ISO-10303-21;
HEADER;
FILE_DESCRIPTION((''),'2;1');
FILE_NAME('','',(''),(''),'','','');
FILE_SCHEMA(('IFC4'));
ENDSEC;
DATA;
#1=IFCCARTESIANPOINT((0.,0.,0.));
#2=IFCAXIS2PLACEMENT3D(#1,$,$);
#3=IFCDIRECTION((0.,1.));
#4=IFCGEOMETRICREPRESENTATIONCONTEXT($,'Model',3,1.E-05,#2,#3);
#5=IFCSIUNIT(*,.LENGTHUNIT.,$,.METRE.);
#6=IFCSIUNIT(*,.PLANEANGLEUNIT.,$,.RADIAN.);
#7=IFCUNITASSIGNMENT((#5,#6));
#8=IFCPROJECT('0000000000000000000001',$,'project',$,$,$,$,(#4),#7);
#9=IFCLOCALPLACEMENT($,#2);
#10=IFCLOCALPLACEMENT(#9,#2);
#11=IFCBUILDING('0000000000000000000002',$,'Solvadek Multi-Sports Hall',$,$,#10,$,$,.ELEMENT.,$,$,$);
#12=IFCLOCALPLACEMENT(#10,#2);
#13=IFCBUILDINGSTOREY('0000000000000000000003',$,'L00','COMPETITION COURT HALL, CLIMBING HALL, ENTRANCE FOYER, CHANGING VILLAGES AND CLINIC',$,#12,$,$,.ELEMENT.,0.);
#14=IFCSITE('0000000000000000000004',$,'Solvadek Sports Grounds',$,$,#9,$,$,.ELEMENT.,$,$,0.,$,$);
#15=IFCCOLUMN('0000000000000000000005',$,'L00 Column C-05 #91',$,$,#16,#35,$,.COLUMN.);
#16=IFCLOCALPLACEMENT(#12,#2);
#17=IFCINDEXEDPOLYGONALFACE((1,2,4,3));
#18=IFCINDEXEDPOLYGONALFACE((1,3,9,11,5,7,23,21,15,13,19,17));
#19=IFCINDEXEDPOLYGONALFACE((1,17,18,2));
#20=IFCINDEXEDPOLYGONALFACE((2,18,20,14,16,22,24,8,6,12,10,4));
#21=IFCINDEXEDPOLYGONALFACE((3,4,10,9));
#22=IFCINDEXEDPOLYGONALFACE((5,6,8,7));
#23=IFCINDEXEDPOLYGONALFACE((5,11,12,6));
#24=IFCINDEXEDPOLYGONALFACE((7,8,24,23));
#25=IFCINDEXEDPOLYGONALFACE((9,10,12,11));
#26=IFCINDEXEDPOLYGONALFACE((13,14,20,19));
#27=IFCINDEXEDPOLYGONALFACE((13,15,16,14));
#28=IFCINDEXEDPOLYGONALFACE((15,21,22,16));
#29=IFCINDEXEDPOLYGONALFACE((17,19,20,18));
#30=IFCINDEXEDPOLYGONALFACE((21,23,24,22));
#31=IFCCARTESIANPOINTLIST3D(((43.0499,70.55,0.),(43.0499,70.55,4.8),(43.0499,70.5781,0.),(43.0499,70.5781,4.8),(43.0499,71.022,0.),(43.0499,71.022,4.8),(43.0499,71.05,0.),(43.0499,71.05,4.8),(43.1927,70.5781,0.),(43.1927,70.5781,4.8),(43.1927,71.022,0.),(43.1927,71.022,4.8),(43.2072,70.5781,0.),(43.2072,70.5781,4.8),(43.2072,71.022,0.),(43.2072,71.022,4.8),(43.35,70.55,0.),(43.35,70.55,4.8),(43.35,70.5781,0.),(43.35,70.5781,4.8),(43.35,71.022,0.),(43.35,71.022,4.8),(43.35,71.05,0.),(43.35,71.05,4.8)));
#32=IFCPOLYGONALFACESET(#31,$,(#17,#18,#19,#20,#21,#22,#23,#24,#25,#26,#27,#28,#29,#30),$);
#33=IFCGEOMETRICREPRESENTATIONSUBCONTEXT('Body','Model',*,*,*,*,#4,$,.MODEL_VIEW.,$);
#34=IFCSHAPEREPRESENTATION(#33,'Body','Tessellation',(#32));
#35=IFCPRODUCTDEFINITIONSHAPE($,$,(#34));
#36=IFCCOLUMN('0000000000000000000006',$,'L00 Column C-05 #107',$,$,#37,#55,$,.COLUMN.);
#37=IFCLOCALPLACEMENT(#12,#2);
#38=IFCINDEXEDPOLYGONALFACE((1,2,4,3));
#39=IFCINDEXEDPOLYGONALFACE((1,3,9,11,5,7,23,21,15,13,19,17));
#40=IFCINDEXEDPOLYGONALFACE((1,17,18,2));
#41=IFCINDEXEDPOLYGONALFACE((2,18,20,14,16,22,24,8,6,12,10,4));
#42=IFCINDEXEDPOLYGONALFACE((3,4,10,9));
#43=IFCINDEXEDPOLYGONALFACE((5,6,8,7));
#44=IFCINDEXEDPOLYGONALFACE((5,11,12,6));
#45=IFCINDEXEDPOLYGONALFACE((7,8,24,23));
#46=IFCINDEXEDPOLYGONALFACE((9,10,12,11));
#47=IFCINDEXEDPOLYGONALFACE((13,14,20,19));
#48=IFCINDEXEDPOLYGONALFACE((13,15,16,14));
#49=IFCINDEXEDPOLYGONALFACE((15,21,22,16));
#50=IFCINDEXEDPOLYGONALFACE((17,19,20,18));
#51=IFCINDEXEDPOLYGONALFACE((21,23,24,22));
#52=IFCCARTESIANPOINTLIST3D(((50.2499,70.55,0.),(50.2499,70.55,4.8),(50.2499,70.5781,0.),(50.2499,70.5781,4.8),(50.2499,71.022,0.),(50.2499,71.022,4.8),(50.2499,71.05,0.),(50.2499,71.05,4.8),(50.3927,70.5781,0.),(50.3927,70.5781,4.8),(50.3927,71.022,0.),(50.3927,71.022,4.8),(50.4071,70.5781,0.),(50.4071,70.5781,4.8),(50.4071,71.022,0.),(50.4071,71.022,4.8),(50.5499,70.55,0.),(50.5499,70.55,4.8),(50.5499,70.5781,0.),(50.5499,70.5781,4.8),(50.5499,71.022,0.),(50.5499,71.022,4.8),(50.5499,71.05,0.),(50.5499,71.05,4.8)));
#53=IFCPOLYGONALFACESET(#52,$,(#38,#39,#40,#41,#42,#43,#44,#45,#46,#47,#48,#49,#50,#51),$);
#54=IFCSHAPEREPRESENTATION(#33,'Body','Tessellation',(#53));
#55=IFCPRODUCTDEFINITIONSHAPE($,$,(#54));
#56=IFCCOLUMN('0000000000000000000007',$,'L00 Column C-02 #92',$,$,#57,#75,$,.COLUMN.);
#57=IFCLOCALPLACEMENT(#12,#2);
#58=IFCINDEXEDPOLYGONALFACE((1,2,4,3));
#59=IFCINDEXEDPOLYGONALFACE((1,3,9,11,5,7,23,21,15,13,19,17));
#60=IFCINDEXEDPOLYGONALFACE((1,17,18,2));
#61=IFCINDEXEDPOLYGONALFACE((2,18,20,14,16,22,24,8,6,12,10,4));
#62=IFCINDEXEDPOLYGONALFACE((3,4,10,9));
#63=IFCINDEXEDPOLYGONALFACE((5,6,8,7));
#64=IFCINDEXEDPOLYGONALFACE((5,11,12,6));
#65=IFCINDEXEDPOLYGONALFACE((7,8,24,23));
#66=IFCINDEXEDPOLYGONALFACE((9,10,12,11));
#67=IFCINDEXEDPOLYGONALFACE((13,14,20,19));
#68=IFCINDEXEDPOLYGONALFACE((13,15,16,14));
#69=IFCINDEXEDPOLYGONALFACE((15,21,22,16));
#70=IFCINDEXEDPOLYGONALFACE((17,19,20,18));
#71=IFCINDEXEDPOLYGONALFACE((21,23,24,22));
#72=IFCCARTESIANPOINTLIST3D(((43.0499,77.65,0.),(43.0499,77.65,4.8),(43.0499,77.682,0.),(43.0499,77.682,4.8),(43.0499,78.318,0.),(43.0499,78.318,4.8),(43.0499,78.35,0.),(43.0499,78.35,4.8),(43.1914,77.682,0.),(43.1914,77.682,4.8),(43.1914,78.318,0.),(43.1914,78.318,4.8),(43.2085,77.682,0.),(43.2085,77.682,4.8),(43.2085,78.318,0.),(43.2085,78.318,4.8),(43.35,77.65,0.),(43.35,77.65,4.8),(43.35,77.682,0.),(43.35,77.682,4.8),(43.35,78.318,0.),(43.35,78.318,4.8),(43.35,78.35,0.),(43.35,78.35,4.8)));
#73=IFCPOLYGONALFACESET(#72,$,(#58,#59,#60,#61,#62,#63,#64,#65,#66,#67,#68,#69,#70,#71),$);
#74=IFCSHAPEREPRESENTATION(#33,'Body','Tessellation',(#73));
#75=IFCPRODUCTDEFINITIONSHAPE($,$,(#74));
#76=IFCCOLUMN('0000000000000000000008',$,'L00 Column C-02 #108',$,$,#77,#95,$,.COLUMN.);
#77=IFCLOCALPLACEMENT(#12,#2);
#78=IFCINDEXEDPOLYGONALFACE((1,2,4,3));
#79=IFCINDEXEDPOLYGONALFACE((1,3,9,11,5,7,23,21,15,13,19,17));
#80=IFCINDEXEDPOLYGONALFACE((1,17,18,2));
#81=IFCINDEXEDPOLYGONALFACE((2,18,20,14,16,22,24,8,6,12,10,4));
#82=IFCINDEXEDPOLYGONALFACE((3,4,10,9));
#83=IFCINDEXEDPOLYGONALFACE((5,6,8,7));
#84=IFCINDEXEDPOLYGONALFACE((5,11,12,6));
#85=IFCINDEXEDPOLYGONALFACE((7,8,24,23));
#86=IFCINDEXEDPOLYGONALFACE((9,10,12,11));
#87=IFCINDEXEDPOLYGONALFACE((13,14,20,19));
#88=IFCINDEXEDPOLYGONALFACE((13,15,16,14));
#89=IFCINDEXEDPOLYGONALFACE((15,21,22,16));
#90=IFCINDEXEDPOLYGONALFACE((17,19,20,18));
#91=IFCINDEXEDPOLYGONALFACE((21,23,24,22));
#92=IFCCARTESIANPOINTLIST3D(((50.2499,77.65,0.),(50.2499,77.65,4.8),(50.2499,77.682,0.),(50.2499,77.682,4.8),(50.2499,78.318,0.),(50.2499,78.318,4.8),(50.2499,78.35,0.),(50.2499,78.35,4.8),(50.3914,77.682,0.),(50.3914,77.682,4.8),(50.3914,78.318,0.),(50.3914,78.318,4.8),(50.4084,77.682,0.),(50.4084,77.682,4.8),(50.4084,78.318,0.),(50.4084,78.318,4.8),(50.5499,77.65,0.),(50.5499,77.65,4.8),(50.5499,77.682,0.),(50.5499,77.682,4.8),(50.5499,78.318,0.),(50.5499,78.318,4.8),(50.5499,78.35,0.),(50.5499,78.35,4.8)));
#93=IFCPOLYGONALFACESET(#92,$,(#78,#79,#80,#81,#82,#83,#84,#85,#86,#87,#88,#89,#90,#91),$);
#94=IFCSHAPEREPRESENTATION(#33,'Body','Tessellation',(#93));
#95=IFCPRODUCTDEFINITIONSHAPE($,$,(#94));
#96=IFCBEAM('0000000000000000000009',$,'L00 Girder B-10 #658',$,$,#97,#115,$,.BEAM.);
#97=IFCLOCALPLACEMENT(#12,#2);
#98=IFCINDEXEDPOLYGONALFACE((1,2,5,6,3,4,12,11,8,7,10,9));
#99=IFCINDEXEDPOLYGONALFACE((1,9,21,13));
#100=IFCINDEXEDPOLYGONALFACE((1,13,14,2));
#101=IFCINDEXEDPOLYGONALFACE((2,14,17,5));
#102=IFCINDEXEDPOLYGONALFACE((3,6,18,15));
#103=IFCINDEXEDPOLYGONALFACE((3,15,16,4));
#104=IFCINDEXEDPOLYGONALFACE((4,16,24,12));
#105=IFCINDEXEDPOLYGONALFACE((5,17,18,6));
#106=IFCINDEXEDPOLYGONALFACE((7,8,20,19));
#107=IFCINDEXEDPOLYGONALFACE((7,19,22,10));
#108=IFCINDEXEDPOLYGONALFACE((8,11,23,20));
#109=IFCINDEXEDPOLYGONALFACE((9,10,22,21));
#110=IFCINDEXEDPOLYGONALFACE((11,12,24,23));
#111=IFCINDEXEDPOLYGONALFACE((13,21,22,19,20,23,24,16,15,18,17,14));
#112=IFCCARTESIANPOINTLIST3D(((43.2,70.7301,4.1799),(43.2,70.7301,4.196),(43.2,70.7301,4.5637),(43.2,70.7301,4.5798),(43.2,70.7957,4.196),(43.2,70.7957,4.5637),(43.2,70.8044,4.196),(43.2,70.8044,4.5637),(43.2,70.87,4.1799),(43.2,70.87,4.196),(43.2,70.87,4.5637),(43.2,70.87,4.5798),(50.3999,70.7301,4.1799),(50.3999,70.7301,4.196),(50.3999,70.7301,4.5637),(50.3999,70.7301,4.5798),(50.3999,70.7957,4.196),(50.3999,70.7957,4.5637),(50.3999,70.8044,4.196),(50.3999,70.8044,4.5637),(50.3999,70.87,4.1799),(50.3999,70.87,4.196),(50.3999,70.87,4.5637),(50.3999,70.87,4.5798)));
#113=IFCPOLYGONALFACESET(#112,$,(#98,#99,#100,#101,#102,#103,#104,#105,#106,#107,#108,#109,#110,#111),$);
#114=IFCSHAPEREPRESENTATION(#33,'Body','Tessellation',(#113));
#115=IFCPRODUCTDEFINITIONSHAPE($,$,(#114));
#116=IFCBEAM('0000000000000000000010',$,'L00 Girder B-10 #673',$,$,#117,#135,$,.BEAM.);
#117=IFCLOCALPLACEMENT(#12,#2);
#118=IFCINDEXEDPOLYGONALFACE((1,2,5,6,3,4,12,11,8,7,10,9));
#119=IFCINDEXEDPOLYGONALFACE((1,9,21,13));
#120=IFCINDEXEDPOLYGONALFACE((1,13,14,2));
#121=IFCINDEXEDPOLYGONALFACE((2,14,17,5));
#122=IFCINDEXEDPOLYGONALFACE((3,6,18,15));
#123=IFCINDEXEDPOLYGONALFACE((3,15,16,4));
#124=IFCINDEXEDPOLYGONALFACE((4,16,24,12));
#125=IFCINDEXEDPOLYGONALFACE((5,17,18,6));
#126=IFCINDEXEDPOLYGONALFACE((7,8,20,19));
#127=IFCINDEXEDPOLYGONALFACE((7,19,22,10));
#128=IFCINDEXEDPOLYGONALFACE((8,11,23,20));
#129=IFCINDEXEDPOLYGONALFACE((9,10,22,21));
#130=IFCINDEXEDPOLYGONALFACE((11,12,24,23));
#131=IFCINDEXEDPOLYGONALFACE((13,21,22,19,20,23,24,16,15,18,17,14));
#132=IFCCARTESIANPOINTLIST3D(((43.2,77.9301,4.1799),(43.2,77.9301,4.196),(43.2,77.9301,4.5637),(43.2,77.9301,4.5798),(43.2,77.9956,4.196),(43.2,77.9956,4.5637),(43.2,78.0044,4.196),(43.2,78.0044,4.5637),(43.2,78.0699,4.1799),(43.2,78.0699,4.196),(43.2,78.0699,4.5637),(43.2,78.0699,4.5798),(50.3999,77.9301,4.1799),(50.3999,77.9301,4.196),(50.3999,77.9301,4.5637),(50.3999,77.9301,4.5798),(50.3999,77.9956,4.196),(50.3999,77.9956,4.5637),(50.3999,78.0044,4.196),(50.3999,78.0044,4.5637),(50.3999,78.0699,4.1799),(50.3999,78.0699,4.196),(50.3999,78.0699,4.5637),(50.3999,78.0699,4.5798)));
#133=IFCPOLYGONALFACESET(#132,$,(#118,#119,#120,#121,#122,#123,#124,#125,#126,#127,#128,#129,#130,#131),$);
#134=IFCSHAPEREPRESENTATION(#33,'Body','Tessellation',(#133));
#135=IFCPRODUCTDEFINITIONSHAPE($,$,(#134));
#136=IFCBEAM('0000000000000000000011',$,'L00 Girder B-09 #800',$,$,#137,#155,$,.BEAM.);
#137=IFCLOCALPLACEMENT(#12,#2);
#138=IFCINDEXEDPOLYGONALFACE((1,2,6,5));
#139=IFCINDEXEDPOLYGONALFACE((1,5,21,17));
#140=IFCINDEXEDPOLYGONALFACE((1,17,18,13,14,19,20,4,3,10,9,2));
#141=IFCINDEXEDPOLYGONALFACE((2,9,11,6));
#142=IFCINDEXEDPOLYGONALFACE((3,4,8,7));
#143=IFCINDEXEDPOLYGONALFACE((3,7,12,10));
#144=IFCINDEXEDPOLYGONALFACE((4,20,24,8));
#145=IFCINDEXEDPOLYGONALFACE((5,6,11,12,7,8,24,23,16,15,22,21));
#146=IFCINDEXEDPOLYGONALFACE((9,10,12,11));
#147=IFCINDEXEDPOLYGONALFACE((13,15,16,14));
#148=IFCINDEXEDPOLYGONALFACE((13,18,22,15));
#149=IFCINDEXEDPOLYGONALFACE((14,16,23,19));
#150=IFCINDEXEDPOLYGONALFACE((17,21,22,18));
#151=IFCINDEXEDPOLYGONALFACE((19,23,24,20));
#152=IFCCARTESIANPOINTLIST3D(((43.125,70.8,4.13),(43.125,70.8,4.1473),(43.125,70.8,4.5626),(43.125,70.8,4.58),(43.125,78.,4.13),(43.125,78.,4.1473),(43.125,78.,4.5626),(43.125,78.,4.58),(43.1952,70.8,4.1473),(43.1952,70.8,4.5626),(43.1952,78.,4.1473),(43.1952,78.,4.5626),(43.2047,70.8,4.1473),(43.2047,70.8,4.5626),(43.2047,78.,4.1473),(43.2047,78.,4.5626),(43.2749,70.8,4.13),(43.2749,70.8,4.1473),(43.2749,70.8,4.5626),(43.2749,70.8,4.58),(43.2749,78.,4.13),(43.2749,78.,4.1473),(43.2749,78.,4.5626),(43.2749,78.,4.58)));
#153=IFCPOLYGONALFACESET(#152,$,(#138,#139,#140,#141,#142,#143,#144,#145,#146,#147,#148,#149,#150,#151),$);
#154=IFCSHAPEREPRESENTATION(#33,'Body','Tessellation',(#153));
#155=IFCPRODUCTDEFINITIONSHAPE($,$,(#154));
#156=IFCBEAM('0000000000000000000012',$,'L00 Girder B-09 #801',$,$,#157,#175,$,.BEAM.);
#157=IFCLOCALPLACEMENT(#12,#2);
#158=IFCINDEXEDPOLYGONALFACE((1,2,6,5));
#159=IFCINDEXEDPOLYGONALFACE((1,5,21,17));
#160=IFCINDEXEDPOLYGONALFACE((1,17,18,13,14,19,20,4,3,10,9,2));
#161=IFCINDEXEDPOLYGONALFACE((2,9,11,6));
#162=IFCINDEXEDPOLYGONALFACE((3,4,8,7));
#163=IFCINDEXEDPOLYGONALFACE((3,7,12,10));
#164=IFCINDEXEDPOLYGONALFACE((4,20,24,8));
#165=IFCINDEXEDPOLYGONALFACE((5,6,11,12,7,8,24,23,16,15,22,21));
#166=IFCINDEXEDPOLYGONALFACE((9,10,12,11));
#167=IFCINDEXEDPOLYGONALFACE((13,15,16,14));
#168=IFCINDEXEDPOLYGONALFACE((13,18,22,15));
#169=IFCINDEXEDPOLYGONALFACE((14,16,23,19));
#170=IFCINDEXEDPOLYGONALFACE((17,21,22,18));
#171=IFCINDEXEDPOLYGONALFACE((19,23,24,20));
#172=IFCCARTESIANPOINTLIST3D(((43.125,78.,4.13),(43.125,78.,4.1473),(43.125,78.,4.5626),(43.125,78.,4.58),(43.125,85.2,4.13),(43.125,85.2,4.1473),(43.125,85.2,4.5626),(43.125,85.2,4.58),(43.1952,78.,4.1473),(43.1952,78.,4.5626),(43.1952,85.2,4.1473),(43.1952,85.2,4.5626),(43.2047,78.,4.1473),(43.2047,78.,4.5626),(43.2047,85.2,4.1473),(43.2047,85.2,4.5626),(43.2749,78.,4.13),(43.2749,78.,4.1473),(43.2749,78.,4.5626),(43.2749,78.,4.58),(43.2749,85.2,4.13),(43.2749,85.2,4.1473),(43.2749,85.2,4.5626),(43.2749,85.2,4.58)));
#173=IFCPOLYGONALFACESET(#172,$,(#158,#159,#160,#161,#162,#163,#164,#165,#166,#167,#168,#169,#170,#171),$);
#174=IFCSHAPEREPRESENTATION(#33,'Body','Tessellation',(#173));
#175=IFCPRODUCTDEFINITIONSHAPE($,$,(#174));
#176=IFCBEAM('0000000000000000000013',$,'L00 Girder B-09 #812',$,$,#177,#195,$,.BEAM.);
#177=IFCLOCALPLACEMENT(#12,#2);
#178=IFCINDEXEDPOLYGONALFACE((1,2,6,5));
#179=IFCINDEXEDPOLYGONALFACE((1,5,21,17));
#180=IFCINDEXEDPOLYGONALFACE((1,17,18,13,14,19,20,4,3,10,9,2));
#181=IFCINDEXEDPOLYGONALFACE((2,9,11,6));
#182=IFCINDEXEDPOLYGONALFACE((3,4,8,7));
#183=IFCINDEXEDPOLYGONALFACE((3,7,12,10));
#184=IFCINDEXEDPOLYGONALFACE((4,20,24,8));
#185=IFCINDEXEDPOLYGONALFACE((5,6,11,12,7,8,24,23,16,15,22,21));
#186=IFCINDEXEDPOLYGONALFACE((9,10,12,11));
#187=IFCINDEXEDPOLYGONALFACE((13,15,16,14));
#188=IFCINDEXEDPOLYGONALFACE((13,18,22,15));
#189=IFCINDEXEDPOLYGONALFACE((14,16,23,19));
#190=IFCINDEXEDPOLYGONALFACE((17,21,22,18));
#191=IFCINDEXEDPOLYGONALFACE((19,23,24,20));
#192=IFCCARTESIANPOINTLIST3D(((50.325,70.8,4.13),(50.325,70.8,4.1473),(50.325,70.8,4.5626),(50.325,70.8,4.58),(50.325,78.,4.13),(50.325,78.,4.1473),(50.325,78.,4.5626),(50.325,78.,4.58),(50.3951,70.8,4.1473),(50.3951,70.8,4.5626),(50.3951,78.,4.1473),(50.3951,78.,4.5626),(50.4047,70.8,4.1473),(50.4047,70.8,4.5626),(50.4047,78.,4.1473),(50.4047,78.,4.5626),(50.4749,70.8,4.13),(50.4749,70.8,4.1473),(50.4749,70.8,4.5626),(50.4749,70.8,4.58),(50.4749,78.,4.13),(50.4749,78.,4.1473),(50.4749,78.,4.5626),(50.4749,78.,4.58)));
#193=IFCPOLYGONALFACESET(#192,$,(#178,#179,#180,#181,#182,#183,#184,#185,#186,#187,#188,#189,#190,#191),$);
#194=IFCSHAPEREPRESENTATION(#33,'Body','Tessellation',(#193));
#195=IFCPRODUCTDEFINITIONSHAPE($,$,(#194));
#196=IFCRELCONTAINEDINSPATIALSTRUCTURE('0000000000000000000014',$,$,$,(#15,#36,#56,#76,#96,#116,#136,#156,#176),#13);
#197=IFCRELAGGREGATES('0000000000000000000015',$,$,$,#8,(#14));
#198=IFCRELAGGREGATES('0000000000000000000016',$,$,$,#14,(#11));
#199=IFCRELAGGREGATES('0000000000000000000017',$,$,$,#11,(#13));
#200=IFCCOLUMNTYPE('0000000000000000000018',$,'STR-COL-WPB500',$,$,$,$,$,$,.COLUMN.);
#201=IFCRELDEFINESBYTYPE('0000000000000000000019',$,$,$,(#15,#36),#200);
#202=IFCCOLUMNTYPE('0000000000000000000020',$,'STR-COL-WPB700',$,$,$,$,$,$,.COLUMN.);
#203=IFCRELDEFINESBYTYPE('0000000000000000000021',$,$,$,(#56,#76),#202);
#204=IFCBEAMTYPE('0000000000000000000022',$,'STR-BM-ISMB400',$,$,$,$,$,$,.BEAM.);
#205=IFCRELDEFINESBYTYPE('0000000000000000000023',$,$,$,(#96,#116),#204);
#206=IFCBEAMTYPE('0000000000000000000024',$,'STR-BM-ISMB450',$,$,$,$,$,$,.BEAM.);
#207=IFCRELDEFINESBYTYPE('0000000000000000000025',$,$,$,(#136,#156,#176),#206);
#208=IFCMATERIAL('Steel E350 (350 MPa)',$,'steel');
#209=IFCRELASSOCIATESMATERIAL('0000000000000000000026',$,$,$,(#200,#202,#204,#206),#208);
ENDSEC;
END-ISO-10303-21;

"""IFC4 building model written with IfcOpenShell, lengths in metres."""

from ifc_helpers import new_model, si_unit, direction, frame, origin, origin_2d, place, context, subcontext, project, spatial, i_section, extrude, material, material_profile, profile_set, type_object, element, save


model = new_model("IFC4")

# Units and contexts
model_context = context("Model", 3, precision=1e-05, world=origin(), true_north=direction((0.0, 1.0)))
body_context = subcontext(model_context, "Body", "Model", "MODEL_VIEW")
ifc_project = project(units=[si_unit("LENGTHUNIT", "METRE"), si_unit("PLANEANGLEUNIT", "RADIAN")], contexts=[model_context])

# Site, building, storey
site_placement = place(None, origin())
site = spatial("IfcSite", under=ifc_project, at=site_placement, Name="Solvadek Sports Grounds", CompositionType="ELEMENT", RefElevation=0.0)
building_placement = place(site_placement, origin())
building = spatial("IfcBuilding", under=site, at=building_placement, Name="Solvadek Multi-Sports Hall", CompositionType="ELEMENT")
storey_placement = place(building_placement, origin())
storey = spatial("IfcBuildingStorey", under=building, at=storey_placement, Name="L00", Description="COMPETITION COURT HALL, CLIMBING HALL, ENTRANCE FOYER, CHANGING VILLAGES AND CLINIC", CompositionType="ELEMENT", Elevation=0.0)

# Columns
ifc_material_1 = material(Name="Steel E350 (350 MPa)", Category="steel")
ifc_material_profile_1 = material_profile(ifc_material_1, i_section(OverallWidth=0.3, OverallDepth=0.5, WebThickness=0.0144, FlangeThickness=0.0281, at=origin_2d()), Name="WPB 500")
ifc_profile_set_1 = profile_set([ifc_material_profile_1], Name="Steel E350 (350 MPa)")
column_type_1 = type_object("IfcColumnType", Name="STR-COL-WPB500", PredefinedType="COLUMN", material=ifc_profile_set_1)
for number, where, z_axis, x_axis, name in (
    (1, (43.2, 70.8, 0.0), (0.0, 0.0, 1.0), (1.0, 0.0, 0.0), "L00 Column C-05 #91"),
    (2, (50.3999, 70.8, 0.0), (0.0, 0.0, 1.0), (1.0, 0.0, 0.0), "L00 Column C-05 #107"),
):
    element("IfcColumn", number, at=place(storey_placement, frame(where, z_axis=z_axis, x_axis=x_axis)), inside=storey, type_object=column_type_1, Name=name, PredefinedType="COLUMN", context=body_context, shape_type="SweptSolid", body=[
        extrude(i_section(OverallWidth=0.3, OverallDepth=0.5, WebThickness=0.0144, FlangeThickness=0.0281, at=origin_2d()), origin(), (0.0, 0.0, 1.0), 4.8),
    ])
ifc_material_profile_2 = material_profile(ifc_material_1, i_section(OverallWidth=0.3, OverallDepth=0.7, WebThickness=0.0171, FlangeThickness=0.032, at=origin_2d()), Name="WPB 700")
ifc_profile_set_2 = profile_set([ifc_material_profile_2], Name="Steel E350 (350 MPa)")
column_type_2 = type_object("IfcColumnType", Name="STR-COL-WPB700", PredefinedType="COLUMN", material=ifc_profile_set_2)
for number, where, z_axis, x_axis, name in (
    (3, (43.2, 78.0, 0.0), (0.0, 0.0, 1.0), (1.0, 0.0, 0.0), "L00 Column C-02 #92"),
    (4, (50.3999, 78.0, 0.0), (0.0, 0.0, 1.0), (1.0, 0.0, 0.0), "L00 Column C-02 #108"),
):
    element("IfcColumn", number, at=place(storey_placement, frame(where, z_axis=z_axis, x_axis=x_axis)), inside=storey, type_object=column_type_2, Name=name, PredefinedType="COLUMN", context=body_context, shape_type="SweptSolid", body=[
        extrude(i_section(OverallWidth=0.3, OverallDepth=0.7, WebThickness=0.0171, FlangeThickness=0.032, at=origin_2d()), origin(), (0.0, 0.0, 1.0), 4.8),
    ])

# Beams
ifc_material_profile_3 = material_profile(ifc_material_1, i_section(OverallWidth=0.1399, OverallDepth=0.3999, WebThickness=0.0088, FlangeThickness=0.0161, at=origin_2d()), Name="ISMB 400")
ifc_profile_set_3 = profile_set([ifc_material_profile_3], Name="Steel E350 (350 MPa)")
beam_type_1 = type_object("IfcBeamType", Name="STR-BM-ISMB400", PredefinedType="BEAM", material=ifc_profile_set_3)
for number, where, z_axis, x_axis, name in (
    (5, (43.2, 70.8, 4.3799), (1.0, 0.0, 0.0), (0.0, 1.0, 0.0), "L00 Girder B-10 #658"),
    (6, (43.2, 78.0, 4.3799), (1.0, 0.0, 0.0), (0.0, 1.0, 0.0), "L00 Girder B-10 #673"),
):
    element("IfcBeam", number, at=place(storey_placement, frame(where, z_axis=z_axis, x_axis=x_axis)), inside=storey, type_object=beam_type_1, Name=name, PredefinedType="BEAM", context=body_context, shape_type="SweptSolid", body=[
        extrude(i_section(OverallWidth=0.1399, OverallDepth=0.3999, WebThickness=0.0088, FlangeThickness=0.0161, at=origin_2d()), origin(), (0.0, 0.0, 1.0), 7.2),
    ])
ifc_material_profile_4 = material_profile(ifc_material_1, i_section(OverallWidth=0.1499, OverallDepth=0.45, WebThickness=0.0095, FlangeThickness=0.0173, at=origin_2d()), Name="ISMB 450")
ifc_profile_set_4 = profile_set([ifc_material_profile_4], Name="Steel E350 (350 MPa)")
beam_type_2 = type_object("IfcBeamType", Name="STR-BM-ISMB450", PredefinedType="BEAM", material=ifc_profile_set_4)
for number, where, z_axis, x_axis, name in (
    (7, (43.2, 70.8, 4.355), (0.0, 1.0, 0.0), (-1.0, 0.0, 0.0), "L00 Girder B-09 #800"),
    (8, (43.2, 78.0, 4.355), (0.0, 1.0, 0.0), (-1.0, 0.0, 0.0), "L00 Girder B-09 #801"),
    (9, (50.3999, 70.8, 4.355), (0.0, 1.0, 0.0), (-1.0, 0.0, 0.0), "L00 Girder B-09 #812"),
):
    element("IfcBeam", number, at=place(storey_placement, frame(where, z_axis=z_axis, x_axis=x_axis)), inside=storey, type_object=beam_type_2, Name=name, PredefinedType="BEAM", context=body_context, shape_type="SweptSolid", body=[
        extrude(i_section(OverallWidth=0.1499, OverallDepth=0.45, WebThickness=0.0095, FlangeThickness=0.0173, at=origin_2d()), origin(), (0.0, 0.0, 1.0), 7.2),
    ])

save(model, "model.ifc")
